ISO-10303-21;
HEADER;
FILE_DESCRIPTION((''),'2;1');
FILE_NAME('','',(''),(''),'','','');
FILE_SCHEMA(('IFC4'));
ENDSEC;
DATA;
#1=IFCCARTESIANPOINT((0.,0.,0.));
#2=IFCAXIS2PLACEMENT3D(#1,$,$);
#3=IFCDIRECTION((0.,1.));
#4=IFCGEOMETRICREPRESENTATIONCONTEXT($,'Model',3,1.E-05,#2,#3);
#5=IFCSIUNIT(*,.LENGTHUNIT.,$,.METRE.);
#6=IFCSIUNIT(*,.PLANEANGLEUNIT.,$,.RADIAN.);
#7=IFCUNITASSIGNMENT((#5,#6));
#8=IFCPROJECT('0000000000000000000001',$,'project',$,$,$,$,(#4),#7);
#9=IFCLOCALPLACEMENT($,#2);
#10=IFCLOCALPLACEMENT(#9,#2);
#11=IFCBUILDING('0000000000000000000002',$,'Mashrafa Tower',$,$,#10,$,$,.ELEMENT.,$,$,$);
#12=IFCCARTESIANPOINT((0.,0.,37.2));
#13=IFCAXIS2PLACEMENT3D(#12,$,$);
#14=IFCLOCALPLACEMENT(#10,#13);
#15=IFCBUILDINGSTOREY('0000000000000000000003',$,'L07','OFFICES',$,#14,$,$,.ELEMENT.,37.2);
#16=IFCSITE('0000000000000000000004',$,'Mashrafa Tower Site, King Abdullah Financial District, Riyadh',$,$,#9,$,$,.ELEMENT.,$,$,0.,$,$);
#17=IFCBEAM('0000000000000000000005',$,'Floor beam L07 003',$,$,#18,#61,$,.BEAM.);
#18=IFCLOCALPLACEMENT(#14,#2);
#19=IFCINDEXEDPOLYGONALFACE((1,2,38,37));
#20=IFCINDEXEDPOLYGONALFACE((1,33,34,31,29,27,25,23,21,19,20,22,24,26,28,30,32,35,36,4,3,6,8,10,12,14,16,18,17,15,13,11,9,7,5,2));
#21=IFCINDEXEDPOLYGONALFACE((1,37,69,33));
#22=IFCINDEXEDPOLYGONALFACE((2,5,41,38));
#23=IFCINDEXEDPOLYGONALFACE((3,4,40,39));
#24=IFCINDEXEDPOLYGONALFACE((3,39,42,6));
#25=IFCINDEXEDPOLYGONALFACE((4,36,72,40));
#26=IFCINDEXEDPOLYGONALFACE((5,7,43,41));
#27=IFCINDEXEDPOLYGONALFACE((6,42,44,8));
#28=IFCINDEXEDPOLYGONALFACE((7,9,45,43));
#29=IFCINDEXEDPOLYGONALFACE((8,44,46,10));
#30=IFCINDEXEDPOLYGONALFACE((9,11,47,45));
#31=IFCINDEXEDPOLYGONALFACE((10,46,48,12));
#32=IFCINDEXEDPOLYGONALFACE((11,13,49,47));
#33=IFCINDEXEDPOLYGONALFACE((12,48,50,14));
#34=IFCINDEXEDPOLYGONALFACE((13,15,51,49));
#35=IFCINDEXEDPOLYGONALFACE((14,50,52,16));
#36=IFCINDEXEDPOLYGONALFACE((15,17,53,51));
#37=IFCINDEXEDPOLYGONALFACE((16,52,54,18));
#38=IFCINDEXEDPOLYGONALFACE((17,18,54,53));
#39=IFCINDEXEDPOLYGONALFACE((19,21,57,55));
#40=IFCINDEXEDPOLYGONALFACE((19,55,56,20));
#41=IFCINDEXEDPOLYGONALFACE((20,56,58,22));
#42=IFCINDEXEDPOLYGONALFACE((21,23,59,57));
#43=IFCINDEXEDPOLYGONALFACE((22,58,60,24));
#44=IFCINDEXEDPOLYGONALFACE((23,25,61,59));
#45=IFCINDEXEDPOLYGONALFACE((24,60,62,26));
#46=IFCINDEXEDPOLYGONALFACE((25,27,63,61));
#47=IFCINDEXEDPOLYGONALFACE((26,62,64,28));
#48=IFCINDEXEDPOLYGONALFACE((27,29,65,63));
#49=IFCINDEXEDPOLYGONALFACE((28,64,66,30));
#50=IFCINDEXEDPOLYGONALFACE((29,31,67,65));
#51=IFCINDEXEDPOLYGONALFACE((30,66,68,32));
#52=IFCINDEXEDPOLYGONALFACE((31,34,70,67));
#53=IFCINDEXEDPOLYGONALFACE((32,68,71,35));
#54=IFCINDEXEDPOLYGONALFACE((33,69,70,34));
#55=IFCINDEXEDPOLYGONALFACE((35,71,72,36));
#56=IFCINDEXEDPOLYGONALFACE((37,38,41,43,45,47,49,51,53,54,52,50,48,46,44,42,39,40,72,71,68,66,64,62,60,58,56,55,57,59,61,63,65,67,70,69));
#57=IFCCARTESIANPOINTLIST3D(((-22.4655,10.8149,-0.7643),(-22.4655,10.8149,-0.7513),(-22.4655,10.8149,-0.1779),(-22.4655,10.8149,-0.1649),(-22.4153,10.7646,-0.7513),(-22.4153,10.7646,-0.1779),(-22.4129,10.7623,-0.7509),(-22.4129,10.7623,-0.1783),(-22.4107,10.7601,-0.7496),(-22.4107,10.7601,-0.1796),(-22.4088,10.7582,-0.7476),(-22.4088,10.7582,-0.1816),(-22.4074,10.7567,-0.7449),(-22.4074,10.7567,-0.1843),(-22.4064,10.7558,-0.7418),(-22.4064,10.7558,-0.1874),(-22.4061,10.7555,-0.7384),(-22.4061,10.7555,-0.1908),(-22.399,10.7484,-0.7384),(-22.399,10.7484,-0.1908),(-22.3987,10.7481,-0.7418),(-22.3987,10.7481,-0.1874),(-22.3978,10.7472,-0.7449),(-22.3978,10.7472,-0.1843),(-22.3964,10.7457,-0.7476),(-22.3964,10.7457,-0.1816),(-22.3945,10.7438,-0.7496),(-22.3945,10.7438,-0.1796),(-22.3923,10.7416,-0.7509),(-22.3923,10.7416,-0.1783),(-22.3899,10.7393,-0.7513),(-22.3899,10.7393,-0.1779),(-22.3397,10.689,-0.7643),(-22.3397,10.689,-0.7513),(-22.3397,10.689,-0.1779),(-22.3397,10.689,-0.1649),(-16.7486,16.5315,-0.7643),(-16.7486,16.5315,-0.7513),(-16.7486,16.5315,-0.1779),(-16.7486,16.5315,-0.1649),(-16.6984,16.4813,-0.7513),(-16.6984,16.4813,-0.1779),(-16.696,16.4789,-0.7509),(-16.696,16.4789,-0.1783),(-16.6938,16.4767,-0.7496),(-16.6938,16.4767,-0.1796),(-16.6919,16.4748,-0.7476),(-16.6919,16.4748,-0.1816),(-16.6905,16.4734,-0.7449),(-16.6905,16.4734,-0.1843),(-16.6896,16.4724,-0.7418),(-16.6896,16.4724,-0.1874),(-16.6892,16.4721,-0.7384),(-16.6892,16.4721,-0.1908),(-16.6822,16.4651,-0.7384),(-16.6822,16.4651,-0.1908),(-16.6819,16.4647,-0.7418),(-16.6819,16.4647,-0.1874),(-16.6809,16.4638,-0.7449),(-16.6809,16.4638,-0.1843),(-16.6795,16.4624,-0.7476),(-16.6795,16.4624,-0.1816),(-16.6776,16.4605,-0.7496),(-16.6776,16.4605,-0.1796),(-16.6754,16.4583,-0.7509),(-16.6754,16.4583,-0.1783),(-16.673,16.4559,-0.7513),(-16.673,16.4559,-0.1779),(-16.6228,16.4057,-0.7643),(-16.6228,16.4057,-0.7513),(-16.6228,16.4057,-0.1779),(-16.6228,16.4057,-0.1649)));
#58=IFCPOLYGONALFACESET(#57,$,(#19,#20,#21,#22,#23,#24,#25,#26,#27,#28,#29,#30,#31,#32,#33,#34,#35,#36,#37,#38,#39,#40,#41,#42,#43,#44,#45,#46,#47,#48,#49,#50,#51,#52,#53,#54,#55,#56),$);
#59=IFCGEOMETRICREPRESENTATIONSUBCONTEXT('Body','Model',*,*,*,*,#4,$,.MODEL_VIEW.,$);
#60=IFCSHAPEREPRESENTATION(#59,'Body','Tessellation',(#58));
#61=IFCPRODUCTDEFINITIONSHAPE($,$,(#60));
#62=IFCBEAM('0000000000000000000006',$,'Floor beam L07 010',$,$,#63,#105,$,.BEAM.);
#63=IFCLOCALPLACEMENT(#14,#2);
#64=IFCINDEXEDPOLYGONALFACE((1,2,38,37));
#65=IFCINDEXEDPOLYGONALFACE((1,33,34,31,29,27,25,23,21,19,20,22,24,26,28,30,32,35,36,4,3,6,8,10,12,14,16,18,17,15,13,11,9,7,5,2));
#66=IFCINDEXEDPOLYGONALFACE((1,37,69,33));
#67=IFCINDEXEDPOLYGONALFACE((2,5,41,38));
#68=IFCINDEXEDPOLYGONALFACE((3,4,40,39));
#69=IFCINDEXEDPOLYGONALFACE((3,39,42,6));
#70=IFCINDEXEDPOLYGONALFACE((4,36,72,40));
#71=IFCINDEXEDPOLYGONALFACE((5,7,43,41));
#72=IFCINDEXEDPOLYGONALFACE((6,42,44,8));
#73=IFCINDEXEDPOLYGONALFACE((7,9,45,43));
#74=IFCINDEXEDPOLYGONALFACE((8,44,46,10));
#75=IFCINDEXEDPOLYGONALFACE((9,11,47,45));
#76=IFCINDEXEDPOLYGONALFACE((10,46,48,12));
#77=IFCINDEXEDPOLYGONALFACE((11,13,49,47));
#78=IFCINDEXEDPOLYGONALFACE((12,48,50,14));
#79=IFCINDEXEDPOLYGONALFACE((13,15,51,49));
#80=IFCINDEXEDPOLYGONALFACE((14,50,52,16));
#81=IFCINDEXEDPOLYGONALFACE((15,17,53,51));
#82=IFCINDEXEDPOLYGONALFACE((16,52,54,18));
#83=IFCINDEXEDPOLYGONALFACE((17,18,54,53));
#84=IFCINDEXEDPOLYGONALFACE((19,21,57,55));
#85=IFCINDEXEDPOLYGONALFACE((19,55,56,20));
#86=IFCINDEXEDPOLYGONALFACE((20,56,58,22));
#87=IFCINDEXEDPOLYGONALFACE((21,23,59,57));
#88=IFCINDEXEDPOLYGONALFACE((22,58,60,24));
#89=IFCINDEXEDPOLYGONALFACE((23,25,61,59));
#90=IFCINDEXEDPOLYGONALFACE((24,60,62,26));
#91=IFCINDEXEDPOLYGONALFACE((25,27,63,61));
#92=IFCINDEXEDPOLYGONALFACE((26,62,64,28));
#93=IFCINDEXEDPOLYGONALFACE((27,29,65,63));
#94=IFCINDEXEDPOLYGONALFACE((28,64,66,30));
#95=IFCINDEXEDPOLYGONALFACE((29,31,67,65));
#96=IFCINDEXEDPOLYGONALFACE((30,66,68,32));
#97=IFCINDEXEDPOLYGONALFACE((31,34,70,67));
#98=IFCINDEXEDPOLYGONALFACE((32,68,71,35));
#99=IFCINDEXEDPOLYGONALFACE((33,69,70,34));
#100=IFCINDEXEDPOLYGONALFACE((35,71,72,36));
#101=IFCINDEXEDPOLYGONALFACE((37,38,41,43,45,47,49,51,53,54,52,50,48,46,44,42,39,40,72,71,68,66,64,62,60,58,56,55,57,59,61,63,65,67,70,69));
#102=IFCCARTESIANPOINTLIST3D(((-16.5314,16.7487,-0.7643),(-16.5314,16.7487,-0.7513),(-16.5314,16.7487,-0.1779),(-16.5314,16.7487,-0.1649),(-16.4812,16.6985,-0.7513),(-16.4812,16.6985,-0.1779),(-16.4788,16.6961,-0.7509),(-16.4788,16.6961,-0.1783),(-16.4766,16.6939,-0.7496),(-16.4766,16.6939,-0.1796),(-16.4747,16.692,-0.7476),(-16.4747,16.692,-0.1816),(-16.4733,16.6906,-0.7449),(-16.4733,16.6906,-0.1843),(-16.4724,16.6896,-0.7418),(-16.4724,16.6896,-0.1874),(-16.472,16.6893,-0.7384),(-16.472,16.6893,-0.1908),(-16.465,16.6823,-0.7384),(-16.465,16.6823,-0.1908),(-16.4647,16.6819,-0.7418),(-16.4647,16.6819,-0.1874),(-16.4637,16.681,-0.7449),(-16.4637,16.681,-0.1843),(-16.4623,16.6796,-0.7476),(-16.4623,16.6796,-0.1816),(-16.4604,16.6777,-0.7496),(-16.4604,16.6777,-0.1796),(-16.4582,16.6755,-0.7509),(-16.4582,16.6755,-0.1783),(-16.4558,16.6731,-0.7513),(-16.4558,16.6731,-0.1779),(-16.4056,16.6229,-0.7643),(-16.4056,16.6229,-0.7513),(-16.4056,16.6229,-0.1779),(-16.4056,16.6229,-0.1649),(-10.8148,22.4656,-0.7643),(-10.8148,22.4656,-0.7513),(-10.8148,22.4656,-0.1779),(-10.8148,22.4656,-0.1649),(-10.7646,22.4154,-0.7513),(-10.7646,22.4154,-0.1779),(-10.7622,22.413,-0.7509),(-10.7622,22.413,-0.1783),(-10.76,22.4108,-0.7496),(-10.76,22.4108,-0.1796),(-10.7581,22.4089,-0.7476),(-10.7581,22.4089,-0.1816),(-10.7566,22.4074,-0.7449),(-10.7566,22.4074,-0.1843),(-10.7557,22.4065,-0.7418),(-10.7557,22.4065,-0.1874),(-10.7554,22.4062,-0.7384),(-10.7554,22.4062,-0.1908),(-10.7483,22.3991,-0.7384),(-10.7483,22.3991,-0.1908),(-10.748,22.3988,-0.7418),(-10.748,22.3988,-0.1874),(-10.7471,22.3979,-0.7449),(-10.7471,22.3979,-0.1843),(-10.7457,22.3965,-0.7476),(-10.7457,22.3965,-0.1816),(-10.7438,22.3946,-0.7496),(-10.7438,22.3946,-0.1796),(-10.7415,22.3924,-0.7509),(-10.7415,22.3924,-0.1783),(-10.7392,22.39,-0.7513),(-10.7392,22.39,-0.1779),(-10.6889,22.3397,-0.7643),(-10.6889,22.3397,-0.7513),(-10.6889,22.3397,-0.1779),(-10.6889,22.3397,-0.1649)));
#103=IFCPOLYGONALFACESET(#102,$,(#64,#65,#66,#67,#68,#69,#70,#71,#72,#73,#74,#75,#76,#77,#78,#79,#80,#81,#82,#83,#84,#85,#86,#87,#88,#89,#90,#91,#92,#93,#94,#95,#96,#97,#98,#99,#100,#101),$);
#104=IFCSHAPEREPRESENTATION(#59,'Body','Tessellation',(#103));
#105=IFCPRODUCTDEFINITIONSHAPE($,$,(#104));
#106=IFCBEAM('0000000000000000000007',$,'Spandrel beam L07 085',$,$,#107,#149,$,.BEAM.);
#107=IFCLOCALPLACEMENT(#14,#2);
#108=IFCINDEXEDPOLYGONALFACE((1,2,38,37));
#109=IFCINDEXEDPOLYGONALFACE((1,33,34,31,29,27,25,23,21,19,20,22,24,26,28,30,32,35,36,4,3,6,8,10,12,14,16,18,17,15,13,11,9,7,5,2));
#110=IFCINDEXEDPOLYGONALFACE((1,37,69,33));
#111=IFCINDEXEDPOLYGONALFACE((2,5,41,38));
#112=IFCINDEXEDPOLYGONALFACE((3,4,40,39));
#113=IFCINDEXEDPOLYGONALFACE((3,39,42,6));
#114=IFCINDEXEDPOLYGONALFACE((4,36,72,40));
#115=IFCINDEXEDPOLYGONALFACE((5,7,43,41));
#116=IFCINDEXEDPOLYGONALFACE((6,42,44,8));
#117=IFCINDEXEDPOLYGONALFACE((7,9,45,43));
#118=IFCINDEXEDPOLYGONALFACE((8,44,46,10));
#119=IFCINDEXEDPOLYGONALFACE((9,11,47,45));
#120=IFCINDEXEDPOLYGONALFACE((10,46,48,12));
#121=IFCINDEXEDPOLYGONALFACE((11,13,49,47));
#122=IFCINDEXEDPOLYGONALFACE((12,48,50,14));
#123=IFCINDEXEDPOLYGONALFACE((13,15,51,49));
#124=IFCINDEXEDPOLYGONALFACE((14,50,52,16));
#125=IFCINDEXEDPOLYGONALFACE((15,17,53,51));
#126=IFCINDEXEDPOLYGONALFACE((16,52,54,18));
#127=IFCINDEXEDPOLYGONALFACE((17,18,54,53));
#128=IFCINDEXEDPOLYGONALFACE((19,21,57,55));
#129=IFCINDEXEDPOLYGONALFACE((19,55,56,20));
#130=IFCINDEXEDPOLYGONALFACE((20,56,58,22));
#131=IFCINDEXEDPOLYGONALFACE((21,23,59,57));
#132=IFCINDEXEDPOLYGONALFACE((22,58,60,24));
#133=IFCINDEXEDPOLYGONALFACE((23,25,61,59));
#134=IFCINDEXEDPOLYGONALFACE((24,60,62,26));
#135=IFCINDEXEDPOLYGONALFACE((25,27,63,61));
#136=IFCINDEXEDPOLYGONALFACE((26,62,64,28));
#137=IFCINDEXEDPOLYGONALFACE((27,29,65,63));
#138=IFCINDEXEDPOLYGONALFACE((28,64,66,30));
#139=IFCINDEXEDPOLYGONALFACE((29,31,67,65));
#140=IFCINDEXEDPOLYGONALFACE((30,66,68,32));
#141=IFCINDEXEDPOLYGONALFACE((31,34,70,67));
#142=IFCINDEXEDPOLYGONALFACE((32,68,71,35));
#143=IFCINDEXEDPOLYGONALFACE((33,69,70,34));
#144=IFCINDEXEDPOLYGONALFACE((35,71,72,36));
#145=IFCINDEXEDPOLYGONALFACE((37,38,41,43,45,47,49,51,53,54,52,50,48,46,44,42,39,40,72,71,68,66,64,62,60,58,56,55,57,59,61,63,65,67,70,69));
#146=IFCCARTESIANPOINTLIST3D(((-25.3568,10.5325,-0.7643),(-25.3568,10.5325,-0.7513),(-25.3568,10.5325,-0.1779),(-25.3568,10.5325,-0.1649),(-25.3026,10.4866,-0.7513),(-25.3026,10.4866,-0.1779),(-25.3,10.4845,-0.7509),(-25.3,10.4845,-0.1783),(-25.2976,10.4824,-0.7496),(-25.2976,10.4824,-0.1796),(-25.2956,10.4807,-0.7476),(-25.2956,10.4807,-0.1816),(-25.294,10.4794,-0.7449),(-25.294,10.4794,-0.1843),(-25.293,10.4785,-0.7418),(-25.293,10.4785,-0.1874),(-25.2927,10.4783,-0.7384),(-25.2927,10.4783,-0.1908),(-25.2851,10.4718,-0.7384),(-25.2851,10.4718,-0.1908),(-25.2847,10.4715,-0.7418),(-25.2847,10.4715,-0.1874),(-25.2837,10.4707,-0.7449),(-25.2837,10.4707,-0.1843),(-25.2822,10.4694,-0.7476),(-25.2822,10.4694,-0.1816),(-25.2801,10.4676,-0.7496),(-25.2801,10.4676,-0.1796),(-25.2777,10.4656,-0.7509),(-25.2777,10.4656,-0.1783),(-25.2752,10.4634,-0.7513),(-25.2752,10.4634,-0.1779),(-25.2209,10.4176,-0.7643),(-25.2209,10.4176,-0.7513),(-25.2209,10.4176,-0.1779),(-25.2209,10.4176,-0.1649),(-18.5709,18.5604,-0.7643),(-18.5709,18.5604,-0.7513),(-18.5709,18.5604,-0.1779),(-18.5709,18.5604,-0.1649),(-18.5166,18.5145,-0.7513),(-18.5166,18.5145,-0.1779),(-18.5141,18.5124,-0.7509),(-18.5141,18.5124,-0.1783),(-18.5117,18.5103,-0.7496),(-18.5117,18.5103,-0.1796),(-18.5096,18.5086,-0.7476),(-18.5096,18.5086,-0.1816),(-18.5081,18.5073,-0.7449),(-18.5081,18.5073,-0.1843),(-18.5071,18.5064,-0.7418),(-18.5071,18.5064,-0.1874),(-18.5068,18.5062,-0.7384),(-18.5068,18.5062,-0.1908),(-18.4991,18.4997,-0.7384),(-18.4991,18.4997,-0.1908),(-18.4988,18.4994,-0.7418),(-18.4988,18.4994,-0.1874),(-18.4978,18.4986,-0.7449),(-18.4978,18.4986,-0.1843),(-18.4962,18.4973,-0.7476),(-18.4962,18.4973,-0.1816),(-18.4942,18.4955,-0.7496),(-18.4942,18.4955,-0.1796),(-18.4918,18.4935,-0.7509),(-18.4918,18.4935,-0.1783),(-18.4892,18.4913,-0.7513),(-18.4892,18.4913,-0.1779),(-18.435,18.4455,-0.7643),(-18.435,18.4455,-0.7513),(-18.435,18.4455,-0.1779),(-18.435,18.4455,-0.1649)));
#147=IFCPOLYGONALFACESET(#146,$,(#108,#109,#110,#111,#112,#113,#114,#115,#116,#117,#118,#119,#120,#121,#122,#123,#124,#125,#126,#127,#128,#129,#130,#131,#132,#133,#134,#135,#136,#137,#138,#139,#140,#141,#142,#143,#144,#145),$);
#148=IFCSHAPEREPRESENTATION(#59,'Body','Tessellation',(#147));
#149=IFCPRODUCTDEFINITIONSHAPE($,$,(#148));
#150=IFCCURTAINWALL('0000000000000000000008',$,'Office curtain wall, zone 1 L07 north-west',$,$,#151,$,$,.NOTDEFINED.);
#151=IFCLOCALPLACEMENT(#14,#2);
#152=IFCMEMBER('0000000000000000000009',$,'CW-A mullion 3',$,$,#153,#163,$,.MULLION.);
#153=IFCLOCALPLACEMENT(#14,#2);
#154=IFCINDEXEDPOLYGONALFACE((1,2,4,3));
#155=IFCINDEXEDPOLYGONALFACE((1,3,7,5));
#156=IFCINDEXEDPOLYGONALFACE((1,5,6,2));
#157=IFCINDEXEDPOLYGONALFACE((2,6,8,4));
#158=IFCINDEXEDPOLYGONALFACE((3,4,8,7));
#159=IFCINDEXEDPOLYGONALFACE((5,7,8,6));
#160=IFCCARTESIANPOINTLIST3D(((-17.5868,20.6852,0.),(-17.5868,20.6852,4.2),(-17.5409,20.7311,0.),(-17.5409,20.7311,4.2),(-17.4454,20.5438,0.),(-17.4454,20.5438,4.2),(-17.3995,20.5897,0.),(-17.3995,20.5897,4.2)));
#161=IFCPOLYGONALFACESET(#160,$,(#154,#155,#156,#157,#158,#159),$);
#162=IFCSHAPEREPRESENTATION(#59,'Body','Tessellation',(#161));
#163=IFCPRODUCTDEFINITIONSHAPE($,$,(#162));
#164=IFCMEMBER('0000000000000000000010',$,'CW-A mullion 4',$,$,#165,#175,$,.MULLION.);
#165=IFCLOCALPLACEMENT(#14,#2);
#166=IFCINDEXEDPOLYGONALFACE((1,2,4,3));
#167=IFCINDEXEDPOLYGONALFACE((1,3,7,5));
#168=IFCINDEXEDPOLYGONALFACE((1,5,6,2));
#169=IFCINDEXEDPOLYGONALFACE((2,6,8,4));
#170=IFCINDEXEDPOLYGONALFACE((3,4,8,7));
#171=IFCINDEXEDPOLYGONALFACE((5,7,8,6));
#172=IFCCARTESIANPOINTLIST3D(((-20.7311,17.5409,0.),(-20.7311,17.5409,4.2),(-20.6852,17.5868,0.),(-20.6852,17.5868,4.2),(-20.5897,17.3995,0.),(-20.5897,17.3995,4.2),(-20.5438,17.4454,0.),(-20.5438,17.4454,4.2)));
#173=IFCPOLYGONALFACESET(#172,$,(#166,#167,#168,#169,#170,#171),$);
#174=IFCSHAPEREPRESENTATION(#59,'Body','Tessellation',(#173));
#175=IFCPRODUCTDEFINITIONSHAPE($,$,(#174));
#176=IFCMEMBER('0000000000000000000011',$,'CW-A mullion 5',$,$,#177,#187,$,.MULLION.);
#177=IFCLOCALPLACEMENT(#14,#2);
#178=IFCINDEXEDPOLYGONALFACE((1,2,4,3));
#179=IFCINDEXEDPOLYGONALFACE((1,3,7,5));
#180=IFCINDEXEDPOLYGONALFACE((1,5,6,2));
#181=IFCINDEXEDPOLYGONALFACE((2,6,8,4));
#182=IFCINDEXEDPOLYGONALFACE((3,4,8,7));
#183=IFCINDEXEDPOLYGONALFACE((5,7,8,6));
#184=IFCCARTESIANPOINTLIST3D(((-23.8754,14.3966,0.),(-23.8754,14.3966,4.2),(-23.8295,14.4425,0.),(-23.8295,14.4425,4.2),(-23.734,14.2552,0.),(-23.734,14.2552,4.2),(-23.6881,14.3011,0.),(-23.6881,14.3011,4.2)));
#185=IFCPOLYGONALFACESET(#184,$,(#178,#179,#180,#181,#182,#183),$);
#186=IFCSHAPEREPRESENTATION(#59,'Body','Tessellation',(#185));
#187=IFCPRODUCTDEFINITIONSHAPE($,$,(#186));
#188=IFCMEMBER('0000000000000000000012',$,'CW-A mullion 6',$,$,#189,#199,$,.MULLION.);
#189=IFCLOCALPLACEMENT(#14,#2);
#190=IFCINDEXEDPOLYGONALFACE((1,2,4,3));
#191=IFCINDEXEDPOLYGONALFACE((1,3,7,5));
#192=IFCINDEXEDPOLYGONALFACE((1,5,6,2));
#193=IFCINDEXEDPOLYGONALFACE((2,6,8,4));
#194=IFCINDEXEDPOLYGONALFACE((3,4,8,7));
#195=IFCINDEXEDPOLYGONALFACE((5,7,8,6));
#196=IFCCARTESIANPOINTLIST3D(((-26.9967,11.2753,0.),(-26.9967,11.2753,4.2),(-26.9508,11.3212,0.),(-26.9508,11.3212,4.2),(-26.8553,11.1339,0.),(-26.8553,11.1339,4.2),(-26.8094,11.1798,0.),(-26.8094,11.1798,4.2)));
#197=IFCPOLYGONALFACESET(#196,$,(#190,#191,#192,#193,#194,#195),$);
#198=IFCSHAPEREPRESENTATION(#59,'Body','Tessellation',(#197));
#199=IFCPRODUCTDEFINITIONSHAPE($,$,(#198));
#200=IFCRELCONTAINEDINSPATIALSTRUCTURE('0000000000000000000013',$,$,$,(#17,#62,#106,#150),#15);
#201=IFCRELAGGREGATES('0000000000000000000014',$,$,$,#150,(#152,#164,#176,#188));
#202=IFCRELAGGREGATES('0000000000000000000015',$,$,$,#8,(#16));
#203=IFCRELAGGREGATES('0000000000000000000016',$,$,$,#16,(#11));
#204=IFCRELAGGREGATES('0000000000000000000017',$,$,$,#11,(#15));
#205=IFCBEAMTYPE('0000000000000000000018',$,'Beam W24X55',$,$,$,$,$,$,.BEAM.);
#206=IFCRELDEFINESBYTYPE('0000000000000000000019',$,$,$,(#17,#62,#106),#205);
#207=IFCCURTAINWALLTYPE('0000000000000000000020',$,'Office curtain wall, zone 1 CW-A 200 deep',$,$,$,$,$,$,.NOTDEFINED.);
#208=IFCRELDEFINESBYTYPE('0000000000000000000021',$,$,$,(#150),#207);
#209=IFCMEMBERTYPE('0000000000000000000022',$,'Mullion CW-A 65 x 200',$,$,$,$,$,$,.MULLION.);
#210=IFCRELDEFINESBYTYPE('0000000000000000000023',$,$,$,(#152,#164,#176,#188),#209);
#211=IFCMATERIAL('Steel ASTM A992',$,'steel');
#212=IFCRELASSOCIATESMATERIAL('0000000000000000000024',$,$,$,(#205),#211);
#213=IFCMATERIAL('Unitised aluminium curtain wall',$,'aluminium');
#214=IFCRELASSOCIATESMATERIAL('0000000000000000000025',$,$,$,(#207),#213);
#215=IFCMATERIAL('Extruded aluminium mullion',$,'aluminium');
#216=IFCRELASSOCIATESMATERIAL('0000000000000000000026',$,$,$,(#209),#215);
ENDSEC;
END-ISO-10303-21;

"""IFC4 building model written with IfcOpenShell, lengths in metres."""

from ifc_helpers import new_model, si_unit, direction, frame, origin, origin_2d, place, context, subcontext, project, spatial, rectangle, i_section, extrude, source, transform, mapped, material, material_profile, profile_set, type_object, type_shapes, element, aggregate, save


model = new_model("IFC4")

# Units and contexts
model_context = context("Model", 3, precision=1e-05, world=origin(), true_north=direction((0.0, 1.0)))
body_context = subcontext(model_context, "Body", "Model", "MODEL_VIEW")
ifc_project = project(units=[si_unit("LENGTHUNIT", "METRE"), si_unit("PLANEANGLEUNIT", "RADIAN")], contexts=[model_context])

# Site, building, storey
site_placement = place(None, origin())
site = spatial("IfcSite", under=ifc_project, at=site_placement, Name="Mashrafa Tower Site, King Abdullah Financial District, Riyadh", CompositionType="ELEMENT", RefElevation=0.0)
building_placement = place(site_placement, origin())
building = spatial("IfcBuilding", under=site, at=building_placement, Name="Mashrafa Tower", CompositionType="ELEMENT")
storey_placement = place(building_placement, frame((0.0, 0.0, 37.2)))
storey = spatial("IfcBuildingStorey", under=building, at=storey_placement, Name="L07", Description="OFFICES", CompositionType="ELEMENT", Elevation=37.2)

# Beams
ifc_material_1 = material(Name="Steel ASTM A992", Category="steel")
ifc_material_profile_1 = material_profile(ifc_material_1, i_section(OverallWidth=0.178, OverallDepth=0.5994, WebThickness=0.01, FlangeThickness=0.0129, FilletRadius=0.0129, at=origin_2d()), Name="W24X55")
ifc_profile_set_1 = profile_set([ifc_material_profile_1], Name="Steel ASTM A992")
beam_type_1 = type_object("IfcBeamType", Name="Beam W24X55", PredefinedType="BEAM", material=ifc_profile_set_1)
for number, where, z_axis, x_axis, name in (
    (1, (-22.4026, 10.752, -0.4646), (0.707122, 0.707092, 0.0), (-0.707092, 0.707122, 0.0), "Floor beam L07 003"),
    (2, (-16.4685, 16.6858, -0.4646), (0.707092, 0.707122, 0.0), (-0.707122, 0.707092, 0.0), "Floor beam L07 010"),
):
    element("IfcBeam", number, at=place(storey_placement, frame(where, z_axis=z_axis, x_axis=x_axis)), inside=storey, type_object=beam_type_1, Name=name, PredefinedType="BEAM", context=body_context, shape_type="SweptSolid", body=[
        extrude(i_section(OverallWidth=0.178, OverallDepth=0.5994, WebThickness=0.01, FlangeThickness=0.0129, FilletRadius=0.0129, at=origin_2d()), origin(), (0.0, 0.0, 1.0), 8.0847),
    ])
beam_1_placement = place(storey_placement, frame((-18.5029, 18.5029, -0.4646), z_axis=(-0.64556, -0.76371, 0.0), x_axis=(0.76371, -0.64556, 0.0)))
element("IfcBeam", 3, at=beam_1_placement, inside=storey, type_object=beam_type_1, Name="Spandrel beam L07 085", PredefinedType="BEAM", context=body_context, shape_type="SweptSolid", body=[
    extrude(i_section(OverallWidth=0.178, OverallDepth=0.5994, WebThickness=0.01, FlangeThickness=0.0129, FilletRadius=0.0129, at=origin_2d()), origin(), (0.0, 0.0, 1.0), 10.5117),
])

# Curtain wall, members
ifc_material_2 = material(Name="Unitised aluminium curtain wall", Category="aluminium")
curtain_wall_type = type_object("IfcCurtainWallType", Name="Office curtain wall, zone 1 CW-A 200 deep", PredefinedType="NOTDEFINED", material=ifc_material_2)
curtain_wall_1_placement = place(storey_placement, origin())
curtain_wall_1 = element("IfcCurtainWall", 4, at=curtain_wall_1_placement, inside=storey, type_object=curtain_wall_type, Name="Office curtain wall, zone 1 L07 north-west", PredefinedType="NOTDEFINED")
ifc_material_3 = material(Name="Extruded aluminium mullion", Category="aluminium")
ifc_material_profile_2 = material_profile(ifc_material_3, rectangle(XDim=0.2, YDim=0.0649, at=origin_2d()), Name="Mullion 65x200")
ifc_profile_set_2 = profile_set([ifc_material_profile_2], Name="Extruded aluminium mullion")
member_type_1 = type_object("IfcMemberType", Name="Mullion CW-A 65 x 200", PredefinedType="MULLION", material=ifc_profile_set_2)
shared_shape_1 = source(origin(), body_context, "Body", "SweptSolid", [
    extrude(rectangle(XDim=0.2, YDim=0.0649, at=origin_2d()), origin(), (0.0, 0.0, 1.0), 4.2),
])
type_shapes(member_type_1, [shared_shape_1])
member_1_placement = place(storey_placement, frame((-17.4932, 20.6375, 0.0), z_axis=(0.0, 0.0, 1.0), x_axis=(0.707107, -0.707107, 0.0)))
member_1 = element("IfcMember", 5, at=member_1_placement, type_object=member_type_1, Name="CW-A mullion 3", PredefinedType="MULLION", context=body_context, shape_type="MappedRepresentation", body=[
    mapped(shared_shape_1, transform((0.0, 0.0, 0.0))),
])
member_2_placement = place(storey_placement, frame((-20.6375, 17.4932, 0.0), z_axis=(0.0, 0.0, 1.0), x_axis=(0.707107, -0.707107, 0.0)))
member_2 = element("IfcMember", 6, at=member_2_placement, type_object=member_type_1, Name="CW-A mullion 4", PredefinedType="MULLION", context=body_context, shape_type="MappedRepresentation", body=[
    mapped(shared_shape_1, transform((0.0, 0.0, 0.0))),
])
member_3_placement = place(storey_placement, frame((-23.7817, 14.3489, 0.0), z_axis=(0.0, 0.0, 1.0), x_axis=(0.707107, -0.707107, 0.0)))
member_3 = element("IfcMember", 7, at=member_3_placement, type_object=member_type_1, Name="CW-A mullion 5", PredefinedType="MULLION", context=body_context, shape_type="MappedRepresentation", body=[
    mapped(shared_shape_1, transform((0.0, 0.0, 0.0))),
])
member_4_placement = place(storey_placement, frame((-26.9031, 11.2275, 0.0), z_axis=(0.0, 0.0, 1.0), x_axis=(0.707107, -0.707107, 0.0)))
member_4 = element("IfcMember", 8, at=member_4_placement, type_object=member_type_1, Name="CW-A mullion 6", PredefinedType="MULLION", context=body_context, shape_type="MappedRepresentation", body=[
    mapped(shared_shape_1, transform((0.0, 0.0, 0.0))),
])

aggregate(curtain_wall_1, [member_1, member_2, member_3, member_4])

save(model, "model.ifc")
